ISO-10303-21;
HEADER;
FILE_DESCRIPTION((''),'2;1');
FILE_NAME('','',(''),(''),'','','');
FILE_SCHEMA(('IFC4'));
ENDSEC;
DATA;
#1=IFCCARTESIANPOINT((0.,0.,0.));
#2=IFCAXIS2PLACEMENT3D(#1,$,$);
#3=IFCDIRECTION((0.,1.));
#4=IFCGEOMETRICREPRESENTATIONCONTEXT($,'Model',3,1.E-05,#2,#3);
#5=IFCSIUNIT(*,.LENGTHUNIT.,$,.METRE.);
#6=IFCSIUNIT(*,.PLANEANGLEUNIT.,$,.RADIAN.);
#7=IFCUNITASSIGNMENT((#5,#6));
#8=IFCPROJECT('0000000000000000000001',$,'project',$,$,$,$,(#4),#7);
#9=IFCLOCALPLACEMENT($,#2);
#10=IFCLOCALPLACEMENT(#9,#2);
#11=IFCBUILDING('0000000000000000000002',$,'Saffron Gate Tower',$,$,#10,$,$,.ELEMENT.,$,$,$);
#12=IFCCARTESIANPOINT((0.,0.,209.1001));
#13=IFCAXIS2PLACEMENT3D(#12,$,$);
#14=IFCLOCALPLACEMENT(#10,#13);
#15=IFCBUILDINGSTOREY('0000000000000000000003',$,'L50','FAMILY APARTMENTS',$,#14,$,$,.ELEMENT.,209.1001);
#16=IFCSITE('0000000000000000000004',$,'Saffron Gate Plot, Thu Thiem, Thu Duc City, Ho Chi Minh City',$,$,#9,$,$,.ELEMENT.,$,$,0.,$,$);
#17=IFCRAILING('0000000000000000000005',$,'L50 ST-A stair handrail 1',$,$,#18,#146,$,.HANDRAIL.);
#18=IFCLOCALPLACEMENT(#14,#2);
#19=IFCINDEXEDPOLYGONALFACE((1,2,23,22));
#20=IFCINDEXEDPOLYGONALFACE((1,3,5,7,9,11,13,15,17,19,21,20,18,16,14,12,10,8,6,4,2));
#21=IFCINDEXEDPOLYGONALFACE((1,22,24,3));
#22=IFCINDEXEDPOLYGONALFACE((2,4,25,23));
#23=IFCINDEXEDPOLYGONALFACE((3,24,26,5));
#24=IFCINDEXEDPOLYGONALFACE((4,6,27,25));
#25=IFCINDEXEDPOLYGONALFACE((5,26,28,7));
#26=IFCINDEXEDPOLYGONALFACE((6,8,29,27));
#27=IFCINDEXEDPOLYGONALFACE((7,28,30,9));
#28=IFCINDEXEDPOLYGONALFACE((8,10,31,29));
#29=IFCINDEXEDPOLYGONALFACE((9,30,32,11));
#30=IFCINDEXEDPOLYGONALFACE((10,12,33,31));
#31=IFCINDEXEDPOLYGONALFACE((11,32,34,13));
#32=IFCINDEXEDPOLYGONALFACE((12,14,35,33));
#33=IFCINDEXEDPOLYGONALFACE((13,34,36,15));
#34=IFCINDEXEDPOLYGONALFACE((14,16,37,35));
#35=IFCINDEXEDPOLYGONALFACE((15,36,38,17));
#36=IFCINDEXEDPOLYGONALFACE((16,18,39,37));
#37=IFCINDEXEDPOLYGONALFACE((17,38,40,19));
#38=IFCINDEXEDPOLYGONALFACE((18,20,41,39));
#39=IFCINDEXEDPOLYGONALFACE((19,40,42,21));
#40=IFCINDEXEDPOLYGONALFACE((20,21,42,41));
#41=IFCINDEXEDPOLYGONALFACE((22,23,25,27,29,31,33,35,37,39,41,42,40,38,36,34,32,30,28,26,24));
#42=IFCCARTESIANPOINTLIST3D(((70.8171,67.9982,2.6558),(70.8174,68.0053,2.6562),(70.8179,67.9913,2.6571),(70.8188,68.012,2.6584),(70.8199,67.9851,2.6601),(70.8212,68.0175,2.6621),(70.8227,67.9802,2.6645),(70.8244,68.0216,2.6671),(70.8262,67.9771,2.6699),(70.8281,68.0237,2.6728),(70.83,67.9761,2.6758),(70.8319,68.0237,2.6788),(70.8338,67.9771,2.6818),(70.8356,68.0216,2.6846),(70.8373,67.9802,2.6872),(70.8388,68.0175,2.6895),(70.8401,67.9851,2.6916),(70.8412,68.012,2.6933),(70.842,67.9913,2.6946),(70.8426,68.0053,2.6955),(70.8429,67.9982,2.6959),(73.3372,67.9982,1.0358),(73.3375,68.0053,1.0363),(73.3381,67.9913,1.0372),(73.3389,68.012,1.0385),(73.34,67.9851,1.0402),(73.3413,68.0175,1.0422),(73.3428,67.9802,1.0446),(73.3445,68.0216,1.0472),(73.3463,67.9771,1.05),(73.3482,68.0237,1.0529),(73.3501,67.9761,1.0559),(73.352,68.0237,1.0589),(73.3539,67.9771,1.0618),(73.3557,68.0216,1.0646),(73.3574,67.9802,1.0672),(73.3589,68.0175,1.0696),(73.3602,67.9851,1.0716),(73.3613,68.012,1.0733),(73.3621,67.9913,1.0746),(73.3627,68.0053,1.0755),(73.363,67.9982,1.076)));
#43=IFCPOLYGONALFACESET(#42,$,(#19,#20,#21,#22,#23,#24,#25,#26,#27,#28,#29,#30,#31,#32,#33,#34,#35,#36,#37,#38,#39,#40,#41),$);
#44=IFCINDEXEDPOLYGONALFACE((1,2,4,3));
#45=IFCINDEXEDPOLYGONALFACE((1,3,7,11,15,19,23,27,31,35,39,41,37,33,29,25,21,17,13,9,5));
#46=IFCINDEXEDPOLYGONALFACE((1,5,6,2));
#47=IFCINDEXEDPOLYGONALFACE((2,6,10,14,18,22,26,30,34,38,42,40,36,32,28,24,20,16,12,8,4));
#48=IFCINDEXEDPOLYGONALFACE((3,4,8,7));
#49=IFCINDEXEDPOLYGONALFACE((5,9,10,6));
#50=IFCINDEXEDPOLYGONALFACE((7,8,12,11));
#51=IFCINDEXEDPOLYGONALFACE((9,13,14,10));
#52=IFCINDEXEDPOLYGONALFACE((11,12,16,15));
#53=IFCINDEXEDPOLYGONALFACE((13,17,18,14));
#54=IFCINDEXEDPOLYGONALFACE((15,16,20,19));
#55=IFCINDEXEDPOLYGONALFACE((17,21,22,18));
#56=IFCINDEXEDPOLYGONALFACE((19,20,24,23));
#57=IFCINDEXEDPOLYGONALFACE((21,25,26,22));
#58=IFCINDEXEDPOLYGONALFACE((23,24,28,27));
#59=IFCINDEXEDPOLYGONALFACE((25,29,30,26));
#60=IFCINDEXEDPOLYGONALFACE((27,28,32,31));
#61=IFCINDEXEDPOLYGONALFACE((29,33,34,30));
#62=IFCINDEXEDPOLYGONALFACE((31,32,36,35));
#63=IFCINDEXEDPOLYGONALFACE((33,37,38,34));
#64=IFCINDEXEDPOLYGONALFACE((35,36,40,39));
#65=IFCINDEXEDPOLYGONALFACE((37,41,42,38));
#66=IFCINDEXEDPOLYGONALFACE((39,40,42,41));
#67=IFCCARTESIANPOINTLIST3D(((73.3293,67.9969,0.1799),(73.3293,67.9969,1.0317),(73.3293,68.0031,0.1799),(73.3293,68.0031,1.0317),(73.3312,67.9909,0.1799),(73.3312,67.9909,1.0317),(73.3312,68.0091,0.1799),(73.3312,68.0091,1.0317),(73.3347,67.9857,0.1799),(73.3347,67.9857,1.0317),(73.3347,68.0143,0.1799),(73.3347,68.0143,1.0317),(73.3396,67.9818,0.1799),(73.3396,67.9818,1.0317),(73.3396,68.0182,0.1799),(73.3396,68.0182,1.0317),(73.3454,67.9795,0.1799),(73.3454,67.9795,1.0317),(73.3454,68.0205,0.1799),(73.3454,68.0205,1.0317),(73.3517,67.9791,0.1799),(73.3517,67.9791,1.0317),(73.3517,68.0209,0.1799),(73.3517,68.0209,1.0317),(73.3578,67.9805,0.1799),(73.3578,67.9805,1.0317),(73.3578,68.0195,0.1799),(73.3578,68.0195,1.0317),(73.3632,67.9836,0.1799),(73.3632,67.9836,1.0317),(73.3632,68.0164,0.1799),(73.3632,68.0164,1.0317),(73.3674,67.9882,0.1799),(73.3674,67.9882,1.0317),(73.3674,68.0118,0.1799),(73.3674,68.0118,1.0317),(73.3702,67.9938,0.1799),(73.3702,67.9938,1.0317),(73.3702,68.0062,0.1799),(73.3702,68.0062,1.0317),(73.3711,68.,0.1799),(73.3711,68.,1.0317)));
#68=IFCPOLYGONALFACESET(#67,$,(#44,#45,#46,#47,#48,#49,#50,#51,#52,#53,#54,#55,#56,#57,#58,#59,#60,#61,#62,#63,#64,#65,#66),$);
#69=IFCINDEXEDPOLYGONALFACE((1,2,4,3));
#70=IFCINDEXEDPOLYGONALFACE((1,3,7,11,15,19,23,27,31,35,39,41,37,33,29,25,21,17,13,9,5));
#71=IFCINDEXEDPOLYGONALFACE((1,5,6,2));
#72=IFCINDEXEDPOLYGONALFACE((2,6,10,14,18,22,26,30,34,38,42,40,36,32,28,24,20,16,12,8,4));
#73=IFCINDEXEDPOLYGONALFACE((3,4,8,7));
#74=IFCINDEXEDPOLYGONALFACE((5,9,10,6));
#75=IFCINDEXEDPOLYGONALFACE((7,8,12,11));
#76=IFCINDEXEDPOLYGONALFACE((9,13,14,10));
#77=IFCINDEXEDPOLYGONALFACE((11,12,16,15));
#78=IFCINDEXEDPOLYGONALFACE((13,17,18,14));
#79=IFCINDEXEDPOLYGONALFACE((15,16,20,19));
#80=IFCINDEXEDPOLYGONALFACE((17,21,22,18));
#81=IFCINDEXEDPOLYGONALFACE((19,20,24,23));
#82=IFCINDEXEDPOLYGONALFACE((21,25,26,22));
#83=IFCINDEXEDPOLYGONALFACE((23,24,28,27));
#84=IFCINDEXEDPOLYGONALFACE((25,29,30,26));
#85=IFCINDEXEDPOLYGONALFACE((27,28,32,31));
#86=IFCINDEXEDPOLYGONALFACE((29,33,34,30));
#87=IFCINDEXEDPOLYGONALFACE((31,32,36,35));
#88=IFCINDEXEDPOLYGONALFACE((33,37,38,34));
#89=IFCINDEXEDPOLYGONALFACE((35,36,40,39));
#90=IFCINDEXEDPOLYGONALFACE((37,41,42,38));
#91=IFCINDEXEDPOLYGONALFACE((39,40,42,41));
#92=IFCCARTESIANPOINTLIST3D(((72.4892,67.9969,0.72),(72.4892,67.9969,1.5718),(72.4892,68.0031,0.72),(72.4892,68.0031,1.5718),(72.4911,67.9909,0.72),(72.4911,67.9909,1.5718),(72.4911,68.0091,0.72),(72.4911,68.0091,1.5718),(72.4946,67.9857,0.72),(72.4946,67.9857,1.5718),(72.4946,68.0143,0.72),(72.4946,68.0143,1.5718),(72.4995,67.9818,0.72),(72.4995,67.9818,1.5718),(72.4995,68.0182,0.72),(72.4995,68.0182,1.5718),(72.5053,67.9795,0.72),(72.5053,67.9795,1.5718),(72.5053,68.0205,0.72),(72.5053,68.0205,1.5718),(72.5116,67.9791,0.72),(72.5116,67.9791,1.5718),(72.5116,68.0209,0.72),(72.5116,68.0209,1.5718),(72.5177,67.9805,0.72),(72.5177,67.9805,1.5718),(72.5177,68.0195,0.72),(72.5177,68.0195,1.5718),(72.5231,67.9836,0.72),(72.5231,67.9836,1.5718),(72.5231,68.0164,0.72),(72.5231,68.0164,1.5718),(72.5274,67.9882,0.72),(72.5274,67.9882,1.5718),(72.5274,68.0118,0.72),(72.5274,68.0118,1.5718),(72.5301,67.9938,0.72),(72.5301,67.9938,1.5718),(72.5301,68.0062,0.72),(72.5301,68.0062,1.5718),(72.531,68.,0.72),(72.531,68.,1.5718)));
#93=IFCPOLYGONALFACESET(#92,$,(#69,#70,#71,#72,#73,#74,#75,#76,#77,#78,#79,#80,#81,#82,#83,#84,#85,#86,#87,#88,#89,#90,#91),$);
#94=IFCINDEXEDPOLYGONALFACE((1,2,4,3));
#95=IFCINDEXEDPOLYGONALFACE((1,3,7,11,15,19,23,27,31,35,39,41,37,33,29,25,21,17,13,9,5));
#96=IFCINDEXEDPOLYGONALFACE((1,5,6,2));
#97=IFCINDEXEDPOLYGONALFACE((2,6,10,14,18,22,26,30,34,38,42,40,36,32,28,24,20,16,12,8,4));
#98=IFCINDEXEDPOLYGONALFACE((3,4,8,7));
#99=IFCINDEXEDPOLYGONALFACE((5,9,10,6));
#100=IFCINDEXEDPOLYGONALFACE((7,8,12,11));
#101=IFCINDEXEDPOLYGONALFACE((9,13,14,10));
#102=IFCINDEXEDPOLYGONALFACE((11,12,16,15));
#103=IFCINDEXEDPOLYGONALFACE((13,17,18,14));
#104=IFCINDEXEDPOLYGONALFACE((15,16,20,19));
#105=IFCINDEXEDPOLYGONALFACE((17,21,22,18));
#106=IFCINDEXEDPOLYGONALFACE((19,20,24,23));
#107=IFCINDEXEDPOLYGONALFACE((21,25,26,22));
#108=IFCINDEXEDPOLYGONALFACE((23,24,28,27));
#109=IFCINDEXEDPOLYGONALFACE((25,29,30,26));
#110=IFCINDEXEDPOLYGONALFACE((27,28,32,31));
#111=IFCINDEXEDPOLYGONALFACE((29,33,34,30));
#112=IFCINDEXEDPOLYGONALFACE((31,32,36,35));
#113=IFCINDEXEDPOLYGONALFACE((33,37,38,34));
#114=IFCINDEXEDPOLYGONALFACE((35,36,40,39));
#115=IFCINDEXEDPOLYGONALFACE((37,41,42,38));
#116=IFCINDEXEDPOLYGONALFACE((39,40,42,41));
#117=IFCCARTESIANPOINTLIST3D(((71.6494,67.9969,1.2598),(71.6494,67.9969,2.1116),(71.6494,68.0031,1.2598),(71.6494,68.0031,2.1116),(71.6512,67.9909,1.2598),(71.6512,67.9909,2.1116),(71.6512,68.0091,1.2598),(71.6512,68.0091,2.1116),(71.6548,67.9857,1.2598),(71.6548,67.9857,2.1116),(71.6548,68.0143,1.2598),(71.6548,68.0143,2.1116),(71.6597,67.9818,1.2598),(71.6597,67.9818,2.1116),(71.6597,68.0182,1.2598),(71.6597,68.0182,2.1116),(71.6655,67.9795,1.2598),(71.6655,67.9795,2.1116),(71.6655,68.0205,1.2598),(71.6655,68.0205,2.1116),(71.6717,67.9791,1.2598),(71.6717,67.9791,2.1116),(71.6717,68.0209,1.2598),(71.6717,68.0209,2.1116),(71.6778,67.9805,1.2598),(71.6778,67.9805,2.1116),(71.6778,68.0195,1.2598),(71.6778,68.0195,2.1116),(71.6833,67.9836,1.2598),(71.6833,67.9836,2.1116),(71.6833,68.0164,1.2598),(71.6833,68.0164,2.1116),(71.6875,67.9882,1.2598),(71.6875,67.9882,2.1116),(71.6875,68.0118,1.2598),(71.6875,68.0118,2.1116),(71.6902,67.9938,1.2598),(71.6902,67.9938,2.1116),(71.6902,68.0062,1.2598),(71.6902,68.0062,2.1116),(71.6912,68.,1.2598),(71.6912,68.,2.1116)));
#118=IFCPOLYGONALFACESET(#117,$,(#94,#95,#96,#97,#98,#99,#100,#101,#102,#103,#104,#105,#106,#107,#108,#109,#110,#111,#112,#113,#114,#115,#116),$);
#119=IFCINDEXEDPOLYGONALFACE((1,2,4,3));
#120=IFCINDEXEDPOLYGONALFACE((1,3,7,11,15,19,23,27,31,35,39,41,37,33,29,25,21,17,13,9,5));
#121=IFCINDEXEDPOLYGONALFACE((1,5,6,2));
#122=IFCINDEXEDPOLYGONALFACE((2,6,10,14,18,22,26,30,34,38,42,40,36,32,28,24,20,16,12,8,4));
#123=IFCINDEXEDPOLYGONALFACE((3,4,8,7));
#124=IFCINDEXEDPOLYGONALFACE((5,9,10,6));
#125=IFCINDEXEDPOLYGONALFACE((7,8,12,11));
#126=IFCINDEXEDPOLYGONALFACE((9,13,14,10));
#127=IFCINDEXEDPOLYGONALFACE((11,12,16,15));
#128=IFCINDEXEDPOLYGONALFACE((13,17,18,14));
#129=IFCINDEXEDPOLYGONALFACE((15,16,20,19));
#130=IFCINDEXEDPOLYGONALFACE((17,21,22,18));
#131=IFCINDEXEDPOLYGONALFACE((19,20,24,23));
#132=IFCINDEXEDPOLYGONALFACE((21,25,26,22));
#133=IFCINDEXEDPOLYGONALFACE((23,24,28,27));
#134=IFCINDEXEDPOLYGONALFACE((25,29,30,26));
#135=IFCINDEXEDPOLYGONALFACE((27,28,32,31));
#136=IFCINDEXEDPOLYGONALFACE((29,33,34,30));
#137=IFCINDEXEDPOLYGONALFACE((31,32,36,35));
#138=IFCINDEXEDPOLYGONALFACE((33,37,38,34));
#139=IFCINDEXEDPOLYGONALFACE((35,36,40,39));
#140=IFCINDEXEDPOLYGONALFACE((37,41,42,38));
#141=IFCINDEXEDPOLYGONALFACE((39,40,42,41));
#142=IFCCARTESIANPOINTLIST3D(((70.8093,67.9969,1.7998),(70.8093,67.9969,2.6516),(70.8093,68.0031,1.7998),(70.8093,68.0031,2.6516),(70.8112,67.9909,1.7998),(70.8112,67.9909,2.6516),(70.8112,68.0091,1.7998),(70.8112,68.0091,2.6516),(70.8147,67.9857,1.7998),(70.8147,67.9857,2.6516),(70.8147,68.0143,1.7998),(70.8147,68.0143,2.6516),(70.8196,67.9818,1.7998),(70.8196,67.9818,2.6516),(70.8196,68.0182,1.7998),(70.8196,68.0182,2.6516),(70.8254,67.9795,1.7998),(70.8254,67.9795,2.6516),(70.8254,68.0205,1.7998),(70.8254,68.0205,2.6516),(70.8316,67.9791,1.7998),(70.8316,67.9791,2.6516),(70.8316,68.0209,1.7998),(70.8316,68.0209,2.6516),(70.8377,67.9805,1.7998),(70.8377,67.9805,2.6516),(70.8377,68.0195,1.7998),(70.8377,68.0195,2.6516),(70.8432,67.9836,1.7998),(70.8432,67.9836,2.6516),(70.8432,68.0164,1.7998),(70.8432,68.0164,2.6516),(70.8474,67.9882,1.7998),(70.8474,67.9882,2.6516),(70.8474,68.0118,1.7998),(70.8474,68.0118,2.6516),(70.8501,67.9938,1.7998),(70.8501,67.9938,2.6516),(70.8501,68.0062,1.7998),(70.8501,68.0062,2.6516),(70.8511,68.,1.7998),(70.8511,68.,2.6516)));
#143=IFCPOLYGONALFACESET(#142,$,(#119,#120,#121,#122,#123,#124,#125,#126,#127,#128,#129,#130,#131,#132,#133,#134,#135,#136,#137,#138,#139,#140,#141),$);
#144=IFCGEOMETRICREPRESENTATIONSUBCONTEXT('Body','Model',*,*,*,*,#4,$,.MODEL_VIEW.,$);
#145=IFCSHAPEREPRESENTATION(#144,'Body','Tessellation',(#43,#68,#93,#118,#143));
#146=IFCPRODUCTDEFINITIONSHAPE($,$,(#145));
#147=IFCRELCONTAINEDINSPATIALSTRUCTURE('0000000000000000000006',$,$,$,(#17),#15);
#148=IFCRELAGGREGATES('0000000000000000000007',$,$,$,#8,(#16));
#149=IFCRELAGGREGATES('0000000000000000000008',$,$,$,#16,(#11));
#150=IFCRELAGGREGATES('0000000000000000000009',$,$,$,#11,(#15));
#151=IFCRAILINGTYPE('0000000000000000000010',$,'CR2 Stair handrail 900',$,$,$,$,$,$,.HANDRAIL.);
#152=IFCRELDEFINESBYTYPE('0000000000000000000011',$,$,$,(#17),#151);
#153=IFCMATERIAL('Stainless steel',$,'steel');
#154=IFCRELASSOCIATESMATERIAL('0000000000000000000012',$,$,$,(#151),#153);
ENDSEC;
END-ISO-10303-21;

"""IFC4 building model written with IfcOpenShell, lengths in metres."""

from ifc_helpers import new_model, si_unit, direction, frame, origin, origin_2d, place, context, subcontext, project, spatial, circle, extrude, material, type_object, element, save


model = new_model("IFC4")

# Units and contexts
model_context = context("Model", 3, precision=1e-05, world=origin(), true_north=direction((0.0, 1.0)))
body_context = subcontext(model_context, "Body", "Model", "MODEL_VIEW")
ifc_project = project(units=[si_unit("LENGTHUNIT", "METRE"), si_unit("PLANEANGLEUNIT", "RADIAN")], contexts=[model_context])

# Site, building, storey
site_placement = place(None, origin())
site = spatial("IfcSite", under=ifc_project, at=site_placement, Name="Saffron Gate Plot, Thu Thiem, Thu Duc City, Ho Chi Minh City", CompositionType="ELEMENT", RefElevation=0.0)
building_placement = place(site_placement, origin())
building = spatial("IfcBuilding", under=site, at=building_placement, Name="Saffron Gate Tower", CompositionType="ELEMENT")
storey_placement = place(building_placement, frame((0.0, 0.0, 209.1001)))
storey = spatial("IfcBuildingStorey", under=building, at=storey_placement, Name="L50", Description="FAMILY APARTMENTS", CompositionType="ELEMENT", Elevation=209.1001)

# Railing
ifc_material_1 = material(Name="Stainless steel", Category="steel")
railing_type_1 = type_object("IfcRailingType", Name="CR2 Stair handrail 900", PredefinedType="HANDRAIL", material=ifc_material_1)
railing_1_placement = place(storey_placement, frame((73.3501, 68.0, 0.1799)))
element("IfcRailing", 1, at=railing_1_placement, inside=storey, type_object=railing_type_1, Name="L50 ST-A stair handrail 1", PredefinedType="HANDRAIL", context=body_context, shape_type="SweptSolid", body=[
    extrude(circle(Radius=0.0239, at=origin_2d()), frame((0.0, 0.0, 0.876), z_axis=(-0.8412, 0.0, 0.540725), x_axis=(0.0, -1.0, 0.0)), (0.0, 0.0, 1.0), 2.9958),
    extrude(circle(Radius=0.021, at=origin_2d()), origin(), (0.0, 0.0, 1.0), 0.8518),
    extrude(circle(Radius=0.021, at=origin_2d()), frame((-0.8401, 0.0, 0.54)), (0.0, 0.0, 1.0), 0.8518),
    extrude(circle(Radius=0.021, at=origin_2d()), frame((-1.6799, 0.0, 1.0798)), (0.0, 0.0, 1.0), 0.8518),
    extrude(circle(Radius=0.021, at=origin_2d()), frame((-2.52, 0.0, 1.6199)), (0.0, 0.0, 1.0), 0.8518),
])

save(model, "model.ifc")
